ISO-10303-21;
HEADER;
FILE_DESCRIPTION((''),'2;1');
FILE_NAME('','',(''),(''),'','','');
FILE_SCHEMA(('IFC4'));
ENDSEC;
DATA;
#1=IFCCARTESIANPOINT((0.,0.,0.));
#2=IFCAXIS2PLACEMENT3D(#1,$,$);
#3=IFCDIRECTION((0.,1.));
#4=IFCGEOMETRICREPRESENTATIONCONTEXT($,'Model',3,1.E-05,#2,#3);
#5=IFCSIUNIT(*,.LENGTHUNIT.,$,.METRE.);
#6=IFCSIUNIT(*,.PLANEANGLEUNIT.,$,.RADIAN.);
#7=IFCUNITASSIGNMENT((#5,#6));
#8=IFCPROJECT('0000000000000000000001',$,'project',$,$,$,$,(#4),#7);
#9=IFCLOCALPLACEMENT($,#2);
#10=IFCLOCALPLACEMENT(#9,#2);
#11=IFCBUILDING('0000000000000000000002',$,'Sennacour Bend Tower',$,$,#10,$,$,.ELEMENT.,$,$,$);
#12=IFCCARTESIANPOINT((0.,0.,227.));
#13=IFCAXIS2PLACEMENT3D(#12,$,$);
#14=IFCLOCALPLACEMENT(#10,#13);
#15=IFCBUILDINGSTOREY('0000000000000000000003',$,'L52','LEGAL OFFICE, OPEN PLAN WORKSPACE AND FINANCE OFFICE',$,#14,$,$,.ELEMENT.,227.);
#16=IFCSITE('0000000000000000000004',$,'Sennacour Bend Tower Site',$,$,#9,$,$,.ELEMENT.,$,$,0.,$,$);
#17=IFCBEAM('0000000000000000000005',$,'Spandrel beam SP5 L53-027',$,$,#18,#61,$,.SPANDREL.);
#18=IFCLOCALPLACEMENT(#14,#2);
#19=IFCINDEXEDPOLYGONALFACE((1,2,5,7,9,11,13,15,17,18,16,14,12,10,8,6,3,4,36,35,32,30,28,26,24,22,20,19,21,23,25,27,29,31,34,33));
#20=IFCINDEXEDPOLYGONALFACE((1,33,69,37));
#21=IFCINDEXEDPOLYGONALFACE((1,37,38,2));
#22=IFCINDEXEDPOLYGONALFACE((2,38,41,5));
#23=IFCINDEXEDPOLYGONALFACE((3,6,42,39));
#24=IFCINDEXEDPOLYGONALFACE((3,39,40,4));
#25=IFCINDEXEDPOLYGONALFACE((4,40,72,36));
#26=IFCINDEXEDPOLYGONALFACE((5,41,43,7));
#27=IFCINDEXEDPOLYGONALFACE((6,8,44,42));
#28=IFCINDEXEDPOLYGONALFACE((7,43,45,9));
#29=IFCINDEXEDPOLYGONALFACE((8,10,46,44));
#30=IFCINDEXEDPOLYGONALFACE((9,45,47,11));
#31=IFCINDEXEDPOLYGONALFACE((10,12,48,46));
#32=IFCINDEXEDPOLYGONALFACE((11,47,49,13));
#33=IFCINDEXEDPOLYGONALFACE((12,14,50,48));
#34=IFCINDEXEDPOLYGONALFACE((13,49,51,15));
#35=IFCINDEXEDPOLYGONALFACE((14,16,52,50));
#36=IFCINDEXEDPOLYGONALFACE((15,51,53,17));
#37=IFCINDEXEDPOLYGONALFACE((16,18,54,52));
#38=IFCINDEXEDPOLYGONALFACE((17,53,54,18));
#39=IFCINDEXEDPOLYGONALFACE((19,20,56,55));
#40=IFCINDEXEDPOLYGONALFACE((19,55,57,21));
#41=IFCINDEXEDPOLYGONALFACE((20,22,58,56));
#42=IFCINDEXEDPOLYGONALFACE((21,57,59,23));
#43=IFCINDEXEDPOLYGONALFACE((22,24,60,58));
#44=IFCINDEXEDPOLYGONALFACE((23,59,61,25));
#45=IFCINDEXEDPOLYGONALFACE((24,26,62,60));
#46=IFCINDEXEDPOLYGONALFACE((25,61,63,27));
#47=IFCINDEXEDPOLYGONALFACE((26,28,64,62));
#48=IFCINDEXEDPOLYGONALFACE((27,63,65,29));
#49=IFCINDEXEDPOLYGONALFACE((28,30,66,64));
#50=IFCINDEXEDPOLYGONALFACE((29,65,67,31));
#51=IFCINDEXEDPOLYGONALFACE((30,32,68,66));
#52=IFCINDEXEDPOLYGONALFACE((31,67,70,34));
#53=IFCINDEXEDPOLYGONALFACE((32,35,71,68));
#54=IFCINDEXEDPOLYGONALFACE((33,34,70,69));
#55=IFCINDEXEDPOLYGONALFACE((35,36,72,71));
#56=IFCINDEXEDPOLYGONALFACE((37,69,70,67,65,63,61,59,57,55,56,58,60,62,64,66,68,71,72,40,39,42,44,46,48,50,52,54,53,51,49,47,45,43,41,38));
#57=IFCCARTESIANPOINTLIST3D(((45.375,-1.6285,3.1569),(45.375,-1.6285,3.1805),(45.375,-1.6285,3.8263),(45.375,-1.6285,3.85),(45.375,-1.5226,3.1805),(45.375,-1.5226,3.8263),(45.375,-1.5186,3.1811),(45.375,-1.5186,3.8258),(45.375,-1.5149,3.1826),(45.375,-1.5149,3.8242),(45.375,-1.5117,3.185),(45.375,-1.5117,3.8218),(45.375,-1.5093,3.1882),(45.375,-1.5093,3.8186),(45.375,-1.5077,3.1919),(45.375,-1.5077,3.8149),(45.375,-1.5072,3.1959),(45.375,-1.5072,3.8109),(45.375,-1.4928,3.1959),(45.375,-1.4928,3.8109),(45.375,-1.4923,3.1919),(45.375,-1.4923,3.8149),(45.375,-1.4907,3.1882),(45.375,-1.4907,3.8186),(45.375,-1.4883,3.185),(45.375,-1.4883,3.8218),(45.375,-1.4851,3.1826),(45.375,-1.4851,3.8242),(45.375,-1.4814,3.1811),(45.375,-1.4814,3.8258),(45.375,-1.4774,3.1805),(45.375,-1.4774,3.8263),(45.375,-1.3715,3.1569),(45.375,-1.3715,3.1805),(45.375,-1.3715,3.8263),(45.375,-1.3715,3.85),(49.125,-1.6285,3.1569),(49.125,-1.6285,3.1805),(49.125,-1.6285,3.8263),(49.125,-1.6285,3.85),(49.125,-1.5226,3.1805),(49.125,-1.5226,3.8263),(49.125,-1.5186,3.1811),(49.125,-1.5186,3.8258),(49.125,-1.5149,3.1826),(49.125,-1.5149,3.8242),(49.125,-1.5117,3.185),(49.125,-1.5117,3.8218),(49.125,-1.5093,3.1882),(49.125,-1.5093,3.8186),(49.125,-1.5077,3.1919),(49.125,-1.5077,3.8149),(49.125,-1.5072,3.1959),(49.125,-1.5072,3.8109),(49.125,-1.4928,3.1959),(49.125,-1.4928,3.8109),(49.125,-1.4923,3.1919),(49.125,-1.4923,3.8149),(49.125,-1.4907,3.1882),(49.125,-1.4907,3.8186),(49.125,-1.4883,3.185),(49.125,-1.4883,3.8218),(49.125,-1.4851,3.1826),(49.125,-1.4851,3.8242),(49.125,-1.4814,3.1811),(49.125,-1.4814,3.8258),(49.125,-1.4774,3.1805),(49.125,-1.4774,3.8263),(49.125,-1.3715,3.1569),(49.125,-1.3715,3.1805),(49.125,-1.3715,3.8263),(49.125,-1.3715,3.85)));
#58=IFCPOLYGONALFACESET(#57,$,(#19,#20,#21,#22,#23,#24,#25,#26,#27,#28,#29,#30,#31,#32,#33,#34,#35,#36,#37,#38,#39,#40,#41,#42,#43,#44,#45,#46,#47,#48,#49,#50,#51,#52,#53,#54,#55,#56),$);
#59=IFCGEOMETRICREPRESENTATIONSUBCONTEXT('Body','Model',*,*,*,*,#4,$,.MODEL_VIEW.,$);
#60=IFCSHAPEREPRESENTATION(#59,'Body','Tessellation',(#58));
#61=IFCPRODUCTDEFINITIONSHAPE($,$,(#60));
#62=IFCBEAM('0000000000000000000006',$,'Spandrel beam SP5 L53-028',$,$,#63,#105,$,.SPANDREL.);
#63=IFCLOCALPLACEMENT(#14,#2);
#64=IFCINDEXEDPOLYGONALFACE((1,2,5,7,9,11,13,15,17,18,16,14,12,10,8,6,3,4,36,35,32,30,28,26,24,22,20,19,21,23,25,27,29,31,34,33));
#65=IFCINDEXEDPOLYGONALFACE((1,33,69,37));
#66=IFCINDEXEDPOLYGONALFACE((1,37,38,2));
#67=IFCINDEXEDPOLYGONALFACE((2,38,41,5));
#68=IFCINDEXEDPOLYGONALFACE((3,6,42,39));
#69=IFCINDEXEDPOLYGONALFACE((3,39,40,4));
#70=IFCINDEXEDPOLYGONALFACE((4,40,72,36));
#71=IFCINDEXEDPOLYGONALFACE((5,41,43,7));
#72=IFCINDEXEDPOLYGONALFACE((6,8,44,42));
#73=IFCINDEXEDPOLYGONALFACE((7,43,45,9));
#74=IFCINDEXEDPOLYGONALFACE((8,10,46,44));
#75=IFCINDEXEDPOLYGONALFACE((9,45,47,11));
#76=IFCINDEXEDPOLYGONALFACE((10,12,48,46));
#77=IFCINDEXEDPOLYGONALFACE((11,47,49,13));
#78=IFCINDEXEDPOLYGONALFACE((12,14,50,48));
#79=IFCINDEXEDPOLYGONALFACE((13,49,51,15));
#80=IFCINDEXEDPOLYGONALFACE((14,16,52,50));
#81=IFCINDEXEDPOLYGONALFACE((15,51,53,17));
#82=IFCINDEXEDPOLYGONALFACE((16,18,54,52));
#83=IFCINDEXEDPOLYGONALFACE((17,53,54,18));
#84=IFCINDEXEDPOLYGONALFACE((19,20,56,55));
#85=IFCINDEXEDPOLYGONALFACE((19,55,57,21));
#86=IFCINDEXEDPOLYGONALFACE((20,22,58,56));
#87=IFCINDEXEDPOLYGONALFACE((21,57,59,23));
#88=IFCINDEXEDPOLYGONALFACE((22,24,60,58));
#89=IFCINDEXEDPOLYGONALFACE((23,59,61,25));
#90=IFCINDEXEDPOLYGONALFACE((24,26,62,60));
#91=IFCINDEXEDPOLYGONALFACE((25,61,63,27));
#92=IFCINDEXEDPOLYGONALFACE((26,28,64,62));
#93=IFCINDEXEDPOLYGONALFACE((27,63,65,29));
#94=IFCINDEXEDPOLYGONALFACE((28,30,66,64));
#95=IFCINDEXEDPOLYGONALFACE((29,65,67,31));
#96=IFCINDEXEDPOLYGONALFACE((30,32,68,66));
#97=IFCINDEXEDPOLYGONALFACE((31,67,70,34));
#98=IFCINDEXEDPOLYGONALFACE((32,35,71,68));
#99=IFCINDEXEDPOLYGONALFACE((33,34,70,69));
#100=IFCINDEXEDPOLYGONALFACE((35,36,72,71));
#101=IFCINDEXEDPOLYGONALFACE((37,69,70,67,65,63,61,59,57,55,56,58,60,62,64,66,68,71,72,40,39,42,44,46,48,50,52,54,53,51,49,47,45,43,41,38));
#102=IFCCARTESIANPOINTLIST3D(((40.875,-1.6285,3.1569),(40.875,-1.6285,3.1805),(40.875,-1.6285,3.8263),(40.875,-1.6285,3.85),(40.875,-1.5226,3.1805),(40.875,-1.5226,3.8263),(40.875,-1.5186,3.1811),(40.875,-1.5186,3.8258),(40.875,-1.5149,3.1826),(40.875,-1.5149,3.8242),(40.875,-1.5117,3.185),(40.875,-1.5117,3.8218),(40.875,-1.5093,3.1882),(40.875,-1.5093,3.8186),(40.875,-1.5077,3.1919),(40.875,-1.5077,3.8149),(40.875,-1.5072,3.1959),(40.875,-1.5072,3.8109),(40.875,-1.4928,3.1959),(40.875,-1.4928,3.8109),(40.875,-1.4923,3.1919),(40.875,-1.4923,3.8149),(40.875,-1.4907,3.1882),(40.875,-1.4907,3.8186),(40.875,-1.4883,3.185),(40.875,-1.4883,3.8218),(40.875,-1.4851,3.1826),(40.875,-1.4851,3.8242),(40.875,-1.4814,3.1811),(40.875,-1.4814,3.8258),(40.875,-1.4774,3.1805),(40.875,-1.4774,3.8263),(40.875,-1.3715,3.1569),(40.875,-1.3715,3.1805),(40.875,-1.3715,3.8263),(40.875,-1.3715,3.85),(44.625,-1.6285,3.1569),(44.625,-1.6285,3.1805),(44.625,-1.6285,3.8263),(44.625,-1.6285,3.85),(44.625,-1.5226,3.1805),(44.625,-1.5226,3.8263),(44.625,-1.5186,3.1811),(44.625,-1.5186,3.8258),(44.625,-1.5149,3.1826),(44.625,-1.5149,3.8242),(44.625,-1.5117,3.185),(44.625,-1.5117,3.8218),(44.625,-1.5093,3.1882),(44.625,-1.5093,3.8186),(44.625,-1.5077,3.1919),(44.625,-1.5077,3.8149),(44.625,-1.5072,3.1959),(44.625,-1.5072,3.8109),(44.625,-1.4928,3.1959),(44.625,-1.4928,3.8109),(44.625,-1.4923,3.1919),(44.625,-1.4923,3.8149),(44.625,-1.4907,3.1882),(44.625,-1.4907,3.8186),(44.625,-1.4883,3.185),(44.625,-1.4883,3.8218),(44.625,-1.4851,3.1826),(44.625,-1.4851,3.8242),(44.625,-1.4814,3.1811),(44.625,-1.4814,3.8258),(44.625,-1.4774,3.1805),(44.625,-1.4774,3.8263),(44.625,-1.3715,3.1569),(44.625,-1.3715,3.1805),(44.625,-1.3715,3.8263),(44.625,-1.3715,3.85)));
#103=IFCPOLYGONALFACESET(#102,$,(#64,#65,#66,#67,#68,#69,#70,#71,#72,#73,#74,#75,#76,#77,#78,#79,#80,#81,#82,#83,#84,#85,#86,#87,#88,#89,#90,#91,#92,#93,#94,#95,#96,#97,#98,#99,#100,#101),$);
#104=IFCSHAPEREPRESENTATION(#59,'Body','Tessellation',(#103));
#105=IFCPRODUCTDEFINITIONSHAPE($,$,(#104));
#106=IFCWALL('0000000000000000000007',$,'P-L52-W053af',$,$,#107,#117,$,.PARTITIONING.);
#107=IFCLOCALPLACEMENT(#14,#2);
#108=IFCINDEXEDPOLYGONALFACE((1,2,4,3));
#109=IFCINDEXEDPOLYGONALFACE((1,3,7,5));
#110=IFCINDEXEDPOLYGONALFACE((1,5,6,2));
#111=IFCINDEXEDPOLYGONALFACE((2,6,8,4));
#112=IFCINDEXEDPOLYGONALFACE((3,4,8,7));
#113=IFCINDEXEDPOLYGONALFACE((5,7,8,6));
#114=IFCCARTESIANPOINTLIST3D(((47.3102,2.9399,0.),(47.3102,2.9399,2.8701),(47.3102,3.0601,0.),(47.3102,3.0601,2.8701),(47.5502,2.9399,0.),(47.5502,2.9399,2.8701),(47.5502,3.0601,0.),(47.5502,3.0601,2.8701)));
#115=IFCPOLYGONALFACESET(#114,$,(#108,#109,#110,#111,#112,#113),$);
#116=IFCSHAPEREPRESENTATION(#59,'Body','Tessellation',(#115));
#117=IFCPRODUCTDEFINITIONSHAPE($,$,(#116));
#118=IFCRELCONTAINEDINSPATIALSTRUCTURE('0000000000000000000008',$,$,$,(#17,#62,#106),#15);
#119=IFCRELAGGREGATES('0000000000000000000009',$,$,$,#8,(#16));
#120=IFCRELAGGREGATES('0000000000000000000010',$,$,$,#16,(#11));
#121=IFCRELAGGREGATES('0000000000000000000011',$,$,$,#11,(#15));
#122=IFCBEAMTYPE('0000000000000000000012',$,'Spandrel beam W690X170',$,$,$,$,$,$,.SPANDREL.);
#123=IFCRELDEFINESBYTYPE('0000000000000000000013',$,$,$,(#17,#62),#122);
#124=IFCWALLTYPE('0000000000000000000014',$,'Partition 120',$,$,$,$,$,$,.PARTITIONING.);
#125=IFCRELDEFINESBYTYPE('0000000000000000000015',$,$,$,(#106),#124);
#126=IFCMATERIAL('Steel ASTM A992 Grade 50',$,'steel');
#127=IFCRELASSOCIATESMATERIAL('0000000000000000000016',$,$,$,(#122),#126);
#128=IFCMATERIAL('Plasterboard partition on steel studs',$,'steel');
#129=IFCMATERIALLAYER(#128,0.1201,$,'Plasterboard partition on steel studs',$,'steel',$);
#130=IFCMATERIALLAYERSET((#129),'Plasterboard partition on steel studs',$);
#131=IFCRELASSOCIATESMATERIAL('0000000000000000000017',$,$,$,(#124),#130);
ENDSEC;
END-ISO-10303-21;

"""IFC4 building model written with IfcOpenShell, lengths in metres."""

from ifc_helpers import new_model, si_unit, direction, frame, frame_2d, origin, origin_2d, place, context, subcontext, project, spatial, rectangle, i_section, extrude, material, layer, layer_set, material_profile, profile_set, type_object, element, save


model = new_model("IFC4")

# Units and contexts
model_context = context("Model", 3, precision=1e-05, world=origin(), true_north=direction((0.0, 1.0)))
body_context = subcontext(model_context, "Body", "Model", "MODEL_VIEW")
ifc_project = project(units=[si_unit("LENGTHUNIT", "METRE"), si_unit("PLANEANGLEUNIT", "RADIAN")], contexts=[model_context])

# Site, building, storey
site_placement = place(None, origin())
site = spatial("IfcSite", under=ifc_project, at=site_placement, Name="Sennacour Bend Tower Site", CompositionType="ELEMENT", RefElevation=0.0)
building_placement = place(site_placement, origin())
building = spatial("IfcBuilding", under=site, at=building_placement, Name="Sennacour Bend Tower", CompositionType="ELEMENT")
storey_placement = place(building_placement, frame((0.0, 0.0, 227.0)))
storey = spatial("IfcBuildingStorey", under=building, at=storey_placement, Name="L52", Description="LEGAL OFFICE, OPEN PLAN WORKSPACE AND FINANCE OFFICE", CompositionType="ELEMENT", Elevation=227.0)

# Beams
ifc_material_1 = material(Name="Steel ASTM A992 Grade 50", Category="steel")
ifc_material_profile_1 = material_profile(ifc_material_1, i_section(OverallWidth=0.2571, OverallDepth=0.6931, WebThickness=0.0144, FlangeThickness=0.0237, FilletRadius=0.0154, at=origin_2d()), Name="Steel ASTM A992 Grade 50", Category="steel")
ifc_profile_set_1 = profile_set([ifc_material_profile_1], Name="Steel ASTM A992 Grade 50")
beam_type_1 = type_object("IfcBeamType", Name="Spandrel beam W690X170", PredefinedType="SPANDREL", material=ifc_profile_set_1)
for number, where, z_axis, x_axis, name in (
    (1, (49.125, -1.5, 3.5034), (-1.0, 0.0, 0.0), (0.0, -1.0, 0.0), "Spandrel beam SP5 L53-027"),
    (2, (44.625, -1.5, 3.5034), (-1.0, 0.0, 0.0), (0.0, -1.0, 0.0), "Spandrel beam SP5 L53-028"),
):
    element("IfcBeam", number, at=place(storey_placement, frame(where, z_axis=z_axis, x_axis=x_axis)), inside=storey, type_object=beam_type_1, Name=name, PredefinedType="SPANDREL", context=body_context, shape_type="SweptSolid", body=[
        extrude(i_section(OverallWidth=0.2571, OverallDepth=0.6931, WebThickness=0.0144, FlangeThickness=0.0237, FilletRadius=0.0154, at=origin_2d()), origin(), (0.0, 0.0, 1.0), 3.75),
    ])

# Wall
ifc_material_2 = material(Name="Plasterboard partition on steel studs", Category="steel")
ifc_layer_1 = layer(ifc_material_2, 0.1201, Name="Plasterboard partition on steel studs", Category="steel")
ifc_layer_set_1 = layer_set([ifc_layer_1], Name="Plasterboard partition on steel studs")
wall_type_1 = type_object("IfcWallType", Name="Partition 120", PredefinedType="PARTITIONING", material=ifc_layer_set_1)
wall_1_placement = place(storey_placement, frame((47.3101, 3.0, 0.0), z_axis=(0.0, 0.0, 1.0), x_axis=(1.0, 0.0, 0.0)))
element("IfcWall", 3, at=wall_1_placement, inside=storey, type_object=wall_type_1, Name="P-L52-W053af", PredefinedType="PARTITIONING", context=body_context, shape_type="SweptSolid", body=[
    extrude(rectangle(XDim=0.24, YDim=0.1201, at=frame_2d((0.1201, 0.0))), origin(), (0.0, 0.0, 1.0), 2.8701),
])

save(model, "model.ifc")
